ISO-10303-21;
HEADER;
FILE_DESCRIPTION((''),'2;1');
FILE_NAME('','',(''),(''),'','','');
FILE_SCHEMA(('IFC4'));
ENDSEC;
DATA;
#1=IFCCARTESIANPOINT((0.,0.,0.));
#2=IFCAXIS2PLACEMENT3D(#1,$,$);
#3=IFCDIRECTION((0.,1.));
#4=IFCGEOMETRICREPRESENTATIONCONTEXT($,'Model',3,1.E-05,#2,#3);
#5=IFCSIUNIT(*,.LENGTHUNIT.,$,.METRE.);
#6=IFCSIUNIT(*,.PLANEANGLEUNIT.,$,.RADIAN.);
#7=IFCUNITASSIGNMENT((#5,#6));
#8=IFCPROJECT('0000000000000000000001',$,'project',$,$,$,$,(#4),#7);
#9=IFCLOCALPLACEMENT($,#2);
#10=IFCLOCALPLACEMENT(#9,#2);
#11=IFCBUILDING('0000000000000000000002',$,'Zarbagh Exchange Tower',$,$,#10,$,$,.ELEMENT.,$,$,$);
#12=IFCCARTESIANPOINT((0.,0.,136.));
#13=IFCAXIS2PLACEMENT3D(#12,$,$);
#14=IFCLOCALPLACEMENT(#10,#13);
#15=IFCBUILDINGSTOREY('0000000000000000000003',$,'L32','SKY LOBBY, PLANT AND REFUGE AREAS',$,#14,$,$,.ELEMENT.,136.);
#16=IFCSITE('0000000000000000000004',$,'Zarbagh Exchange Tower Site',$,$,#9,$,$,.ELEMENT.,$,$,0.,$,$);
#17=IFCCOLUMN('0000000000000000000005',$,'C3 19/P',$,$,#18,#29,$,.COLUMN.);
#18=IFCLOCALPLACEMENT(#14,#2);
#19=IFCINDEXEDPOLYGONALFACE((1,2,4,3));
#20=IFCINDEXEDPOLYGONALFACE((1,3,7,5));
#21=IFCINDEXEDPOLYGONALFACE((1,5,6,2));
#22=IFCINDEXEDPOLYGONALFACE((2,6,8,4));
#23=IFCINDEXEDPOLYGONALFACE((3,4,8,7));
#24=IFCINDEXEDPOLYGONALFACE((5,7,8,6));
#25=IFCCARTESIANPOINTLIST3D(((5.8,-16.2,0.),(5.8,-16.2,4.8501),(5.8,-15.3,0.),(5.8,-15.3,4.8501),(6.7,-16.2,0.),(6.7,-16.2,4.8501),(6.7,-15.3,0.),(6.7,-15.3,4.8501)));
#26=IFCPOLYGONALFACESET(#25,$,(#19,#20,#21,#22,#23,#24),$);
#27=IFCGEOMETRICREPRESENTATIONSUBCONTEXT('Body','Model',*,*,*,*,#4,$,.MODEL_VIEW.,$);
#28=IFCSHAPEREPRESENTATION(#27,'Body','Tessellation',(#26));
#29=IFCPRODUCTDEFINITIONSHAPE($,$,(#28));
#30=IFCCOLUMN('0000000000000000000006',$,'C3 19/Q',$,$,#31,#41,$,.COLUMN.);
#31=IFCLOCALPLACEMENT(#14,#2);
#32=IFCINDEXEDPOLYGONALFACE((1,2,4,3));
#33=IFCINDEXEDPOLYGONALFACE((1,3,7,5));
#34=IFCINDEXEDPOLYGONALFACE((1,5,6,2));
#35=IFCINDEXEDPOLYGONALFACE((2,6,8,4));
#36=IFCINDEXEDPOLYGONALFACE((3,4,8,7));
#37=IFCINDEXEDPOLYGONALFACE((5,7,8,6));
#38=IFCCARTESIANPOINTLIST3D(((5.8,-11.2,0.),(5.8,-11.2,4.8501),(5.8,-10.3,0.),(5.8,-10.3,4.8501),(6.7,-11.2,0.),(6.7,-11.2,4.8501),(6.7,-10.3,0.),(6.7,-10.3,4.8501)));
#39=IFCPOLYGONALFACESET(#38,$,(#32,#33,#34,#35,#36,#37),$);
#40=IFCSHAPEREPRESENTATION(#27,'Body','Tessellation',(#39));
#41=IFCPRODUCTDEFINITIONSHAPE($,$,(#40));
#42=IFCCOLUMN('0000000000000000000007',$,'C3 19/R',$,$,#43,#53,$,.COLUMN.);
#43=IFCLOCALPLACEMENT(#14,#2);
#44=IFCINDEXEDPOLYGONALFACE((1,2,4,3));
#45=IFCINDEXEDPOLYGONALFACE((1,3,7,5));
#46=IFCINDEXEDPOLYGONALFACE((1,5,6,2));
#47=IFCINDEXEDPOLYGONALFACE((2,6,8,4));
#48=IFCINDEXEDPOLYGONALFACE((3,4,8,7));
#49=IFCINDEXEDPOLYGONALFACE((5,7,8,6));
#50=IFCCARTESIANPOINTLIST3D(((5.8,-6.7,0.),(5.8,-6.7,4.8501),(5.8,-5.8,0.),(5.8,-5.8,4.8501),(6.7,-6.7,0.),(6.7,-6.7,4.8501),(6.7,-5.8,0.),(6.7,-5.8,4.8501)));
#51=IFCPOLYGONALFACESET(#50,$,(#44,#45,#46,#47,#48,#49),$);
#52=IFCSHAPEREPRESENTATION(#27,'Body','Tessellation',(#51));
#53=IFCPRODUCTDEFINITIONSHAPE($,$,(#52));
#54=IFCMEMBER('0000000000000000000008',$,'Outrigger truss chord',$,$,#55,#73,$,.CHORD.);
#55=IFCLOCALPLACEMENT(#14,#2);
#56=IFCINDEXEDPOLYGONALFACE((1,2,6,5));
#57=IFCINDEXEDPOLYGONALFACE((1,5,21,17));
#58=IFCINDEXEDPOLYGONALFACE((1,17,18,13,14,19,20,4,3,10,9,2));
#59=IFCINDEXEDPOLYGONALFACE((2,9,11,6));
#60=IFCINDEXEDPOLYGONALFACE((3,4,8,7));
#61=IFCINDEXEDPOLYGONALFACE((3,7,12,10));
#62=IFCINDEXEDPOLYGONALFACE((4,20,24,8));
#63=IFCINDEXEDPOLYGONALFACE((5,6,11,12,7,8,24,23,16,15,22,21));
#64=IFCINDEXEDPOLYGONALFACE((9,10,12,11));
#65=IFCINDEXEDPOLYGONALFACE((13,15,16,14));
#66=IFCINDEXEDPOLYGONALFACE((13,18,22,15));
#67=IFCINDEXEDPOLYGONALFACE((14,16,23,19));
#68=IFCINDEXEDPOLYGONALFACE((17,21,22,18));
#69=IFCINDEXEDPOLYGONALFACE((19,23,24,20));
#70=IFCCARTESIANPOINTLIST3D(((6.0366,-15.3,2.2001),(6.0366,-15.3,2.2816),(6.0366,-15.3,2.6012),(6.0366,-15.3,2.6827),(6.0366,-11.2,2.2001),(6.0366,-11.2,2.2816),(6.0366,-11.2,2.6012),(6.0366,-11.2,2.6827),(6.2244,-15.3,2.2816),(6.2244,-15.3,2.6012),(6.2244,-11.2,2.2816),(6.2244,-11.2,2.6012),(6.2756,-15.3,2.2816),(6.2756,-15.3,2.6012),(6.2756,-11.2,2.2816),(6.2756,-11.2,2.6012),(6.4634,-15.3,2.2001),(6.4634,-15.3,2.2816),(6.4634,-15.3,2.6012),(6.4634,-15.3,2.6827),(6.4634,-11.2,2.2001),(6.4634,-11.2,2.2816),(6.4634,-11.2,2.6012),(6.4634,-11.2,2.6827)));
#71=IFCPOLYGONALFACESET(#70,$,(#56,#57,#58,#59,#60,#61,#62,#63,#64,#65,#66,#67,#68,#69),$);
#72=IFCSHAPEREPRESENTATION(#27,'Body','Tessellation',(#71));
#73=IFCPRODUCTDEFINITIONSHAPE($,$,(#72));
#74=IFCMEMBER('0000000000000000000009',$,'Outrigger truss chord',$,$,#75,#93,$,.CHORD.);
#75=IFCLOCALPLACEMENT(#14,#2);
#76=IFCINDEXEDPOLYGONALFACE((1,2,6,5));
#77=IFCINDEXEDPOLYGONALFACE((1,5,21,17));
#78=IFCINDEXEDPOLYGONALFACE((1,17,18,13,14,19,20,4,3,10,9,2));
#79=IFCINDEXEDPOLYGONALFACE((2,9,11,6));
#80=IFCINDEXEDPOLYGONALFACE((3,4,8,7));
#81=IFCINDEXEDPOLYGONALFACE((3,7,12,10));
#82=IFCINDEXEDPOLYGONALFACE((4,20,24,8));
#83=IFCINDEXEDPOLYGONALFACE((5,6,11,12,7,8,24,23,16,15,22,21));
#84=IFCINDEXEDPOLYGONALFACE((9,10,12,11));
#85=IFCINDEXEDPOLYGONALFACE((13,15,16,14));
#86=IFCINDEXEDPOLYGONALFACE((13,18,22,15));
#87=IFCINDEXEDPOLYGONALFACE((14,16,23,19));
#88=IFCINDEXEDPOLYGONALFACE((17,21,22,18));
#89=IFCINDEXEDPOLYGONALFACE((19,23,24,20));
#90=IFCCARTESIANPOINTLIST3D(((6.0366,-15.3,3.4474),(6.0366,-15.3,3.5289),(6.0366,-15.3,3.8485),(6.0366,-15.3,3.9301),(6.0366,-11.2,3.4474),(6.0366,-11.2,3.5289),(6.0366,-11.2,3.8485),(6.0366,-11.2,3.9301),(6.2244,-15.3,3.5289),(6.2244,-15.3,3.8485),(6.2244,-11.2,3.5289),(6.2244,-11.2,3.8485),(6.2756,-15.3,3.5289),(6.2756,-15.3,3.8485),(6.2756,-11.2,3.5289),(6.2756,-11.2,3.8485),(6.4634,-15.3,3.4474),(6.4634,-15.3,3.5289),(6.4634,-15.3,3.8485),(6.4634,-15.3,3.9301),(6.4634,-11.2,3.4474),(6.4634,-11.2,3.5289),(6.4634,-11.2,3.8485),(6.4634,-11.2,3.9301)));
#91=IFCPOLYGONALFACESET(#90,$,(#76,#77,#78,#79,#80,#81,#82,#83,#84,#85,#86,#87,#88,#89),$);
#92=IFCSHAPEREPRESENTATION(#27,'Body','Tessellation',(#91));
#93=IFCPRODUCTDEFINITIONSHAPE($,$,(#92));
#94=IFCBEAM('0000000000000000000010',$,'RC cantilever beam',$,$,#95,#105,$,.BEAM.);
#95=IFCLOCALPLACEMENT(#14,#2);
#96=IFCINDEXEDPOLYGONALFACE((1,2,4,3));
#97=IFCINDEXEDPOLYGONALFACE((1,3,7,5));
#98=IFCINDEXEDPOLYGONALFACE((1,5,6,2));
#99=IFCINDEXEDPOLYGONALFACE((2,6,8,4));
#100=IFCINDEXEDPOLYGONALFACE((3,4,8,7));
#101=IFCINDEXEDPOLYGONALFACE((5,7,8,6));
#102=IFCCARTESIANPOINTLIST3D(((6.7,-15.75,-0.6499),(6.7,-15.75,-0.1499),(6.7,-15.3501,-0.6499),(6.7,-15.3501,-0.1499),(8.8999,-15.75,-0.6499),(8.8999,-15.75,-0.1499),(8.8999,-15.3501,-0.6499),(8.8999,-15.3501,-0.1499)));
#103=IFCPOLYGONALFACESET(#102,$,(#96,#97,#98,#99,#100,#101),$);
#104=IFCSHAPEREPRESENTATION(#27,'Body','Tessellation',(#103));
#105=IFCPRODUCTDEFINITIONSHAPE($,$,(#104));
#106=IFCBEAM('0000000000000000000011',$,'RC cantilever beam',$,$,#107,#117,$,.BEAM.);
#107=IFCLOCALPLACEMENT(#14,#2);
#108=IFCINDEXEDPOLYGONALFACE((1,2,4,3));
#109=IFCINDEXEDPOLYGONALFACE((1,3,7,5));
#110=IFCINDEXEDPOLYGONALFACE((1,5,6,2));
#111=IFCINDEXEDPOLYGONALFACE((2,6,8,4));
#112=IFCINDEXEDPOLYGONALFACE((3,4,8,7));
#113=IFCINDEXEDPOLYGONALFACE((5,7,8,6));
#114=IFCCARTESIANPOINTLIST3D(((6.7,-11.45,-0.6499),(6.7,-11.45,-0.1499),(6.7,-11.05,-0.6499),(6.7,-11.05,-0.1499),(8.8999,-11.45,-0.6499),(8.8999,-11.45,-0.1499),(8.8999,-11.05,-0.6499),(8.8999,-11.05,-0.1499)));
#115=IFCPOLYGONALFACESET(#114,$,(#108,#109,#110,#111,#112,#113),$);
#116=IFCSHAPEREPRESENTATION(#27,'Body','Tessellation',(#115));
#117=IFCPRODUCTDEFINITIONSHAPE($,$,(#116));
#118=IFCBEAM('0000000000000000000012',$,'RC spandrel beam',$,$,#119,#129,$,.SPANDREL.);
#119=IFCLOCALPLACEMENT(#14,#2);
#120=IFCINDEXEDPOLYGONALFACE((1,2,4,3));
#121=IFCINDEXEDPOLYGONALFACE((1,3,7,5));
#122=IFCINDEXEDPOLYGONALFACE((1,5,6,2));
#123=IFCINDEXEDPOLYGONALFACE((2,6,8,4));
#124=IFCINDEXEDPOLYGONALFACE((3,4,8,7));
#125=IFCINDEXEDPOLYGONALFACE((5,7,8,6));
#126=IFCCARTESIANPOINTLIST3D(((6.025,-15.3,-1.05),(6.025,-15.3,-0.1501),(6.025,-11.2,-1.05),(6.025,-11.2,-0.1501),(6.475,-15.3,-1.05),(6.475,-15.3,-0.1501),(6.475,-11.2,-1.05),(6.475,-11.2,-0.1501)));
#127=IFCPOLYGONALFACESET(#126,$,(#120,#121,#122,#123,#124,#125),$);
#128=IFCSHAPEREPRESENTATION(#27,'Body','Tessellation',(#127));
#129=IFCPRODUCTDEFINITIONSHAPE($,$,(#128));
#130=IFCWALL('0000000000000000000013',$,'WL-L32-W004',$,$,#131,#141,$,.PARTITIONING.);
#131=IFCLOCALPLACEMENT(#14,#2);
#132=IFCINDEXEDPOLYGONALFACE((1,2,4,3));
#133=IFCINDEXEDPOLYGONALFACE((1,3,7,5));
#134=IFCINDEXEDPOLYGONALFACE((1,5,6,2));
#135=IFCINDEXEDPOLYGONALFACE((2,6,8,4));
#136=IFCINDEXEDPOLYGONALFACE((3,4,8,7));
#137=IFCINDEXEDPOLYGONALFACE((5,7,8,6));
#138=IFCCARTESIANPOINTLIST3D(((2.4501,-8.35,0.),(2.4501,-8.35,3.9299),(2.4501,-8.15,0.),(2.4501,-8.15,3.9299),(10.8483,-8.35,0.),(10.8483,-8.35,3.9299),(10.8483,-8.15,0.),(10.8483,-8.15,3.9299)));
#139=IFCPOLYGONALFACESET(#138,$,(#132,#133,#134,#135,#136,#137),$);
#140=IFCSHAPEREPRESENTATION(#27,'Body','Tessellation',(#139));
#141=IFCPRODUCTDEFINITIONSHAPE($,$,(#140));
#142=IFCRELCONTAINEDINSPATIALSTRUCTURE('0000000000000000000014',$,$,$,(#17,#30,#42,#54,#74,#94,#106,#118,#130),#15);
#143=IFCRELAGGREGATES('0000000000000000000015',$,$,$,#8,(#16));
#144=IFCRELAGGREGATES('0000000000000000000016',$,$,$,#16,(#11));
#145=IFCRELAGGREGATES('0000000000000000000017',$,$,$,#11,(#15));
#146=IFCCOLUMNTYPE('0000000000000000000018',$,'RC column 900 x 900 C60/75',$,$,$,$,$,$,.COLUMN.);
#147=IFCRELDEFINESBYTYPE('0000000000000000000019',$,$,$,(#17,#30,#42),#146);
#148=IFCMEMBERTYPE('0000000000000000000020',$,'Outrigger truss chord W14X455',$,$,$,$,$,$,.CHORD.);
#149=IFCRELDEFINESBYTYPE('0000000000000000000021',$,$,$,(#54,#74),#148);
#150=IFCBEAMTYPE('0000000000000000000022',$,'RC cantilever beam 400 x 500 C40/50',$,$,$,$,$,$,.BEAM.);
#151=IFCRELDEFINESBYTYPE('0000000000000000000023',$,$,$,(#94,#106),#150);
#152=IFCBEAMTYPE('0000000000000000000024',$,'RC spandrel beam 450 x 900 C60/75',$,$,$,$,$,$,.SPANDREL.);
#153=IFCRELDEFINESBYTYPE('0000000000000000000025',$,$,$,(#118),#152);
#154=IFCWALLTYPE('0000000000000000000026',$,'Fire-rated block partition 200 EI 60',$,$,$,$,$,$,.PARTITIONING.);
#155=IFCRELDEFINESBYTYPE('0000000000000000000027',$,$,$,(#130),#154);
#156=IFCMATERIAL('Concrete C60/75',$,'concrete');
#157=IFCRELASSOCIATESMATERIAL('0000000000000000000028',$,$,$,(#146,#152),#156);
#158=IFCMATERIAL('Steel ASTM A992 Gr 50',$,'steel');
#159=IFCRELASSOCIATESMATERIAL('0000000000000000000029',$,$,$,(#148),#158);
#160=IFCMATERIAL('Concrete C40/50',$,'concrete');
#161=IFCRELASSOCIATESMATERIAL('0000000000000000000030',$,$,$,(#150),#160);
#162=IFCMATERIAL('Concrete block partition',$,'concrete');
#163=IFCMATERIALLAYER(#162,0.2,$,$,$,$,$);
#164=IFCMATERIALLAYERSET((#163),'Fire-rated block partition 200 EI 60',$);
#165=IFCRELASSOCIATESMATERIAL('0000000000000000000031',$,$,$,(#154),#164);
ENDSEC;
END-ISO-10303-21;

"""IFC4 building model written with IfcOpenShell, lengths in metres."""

from ifc_helpers import new_model, si_unit, direction, frame, frame_2d, origin, origin_2d, place, context, subcontext, project, spatial, rectangle, i_section, extrude, material, layer, layer_set, material_profile, profile_set, type_object, element, save


model = new_model("IFC4")

# Units and contexts
model_context = context("Model", 3, precision=1e-05, world=origin(), true_north=direction((0.0, 1.0)))
body_context = subcontext(model_context, "Body", "Model", "MODEL_VIEW")
ifc_project = project(units=[si_unit("LENGTHUNIT", "METRE"), si_unit("PLANEANGLEUNIT", "RADIAN")], contexts=[model_context])

# Site, building, storey
site_placement = place(None, origin())
site = spatial("IfcSite", under=ifc_project, at=site_placement, Name="Zarbagh Exchange Tower Site", CompositionType="ELEMENT", RefElevation=0.0)
building_placement = place(site_placement, origin())
building = spatial("IfcBuilding", under=site, at=building_placement, Name="Zarbagh Exchange Tower", CompositionType="ELEMENT")
storey_placement = place(building_placement, frame((0.0, 0.0, 136.0)))
storey = spatial("IfcBuildingStorey", under=building, at=storey_placement, Name="L32", Description="SKY LOBBY, PLANT AND REFUGE AREAS", CompositionType="ELEMENT", Elevation=136.0)

# Columns
ifc_material_1 = material(Name="Concrete C60/75", Category="concrete")
ifc_material_profile_1 = material_profile(ifc_material_1, rectangle(XDim=0.8999, YDim=0.8999, at=origin_2d()), Name="RC column 900 x 900 C60/75")
ifc_profile_set_1 = profile_set([ifc_material_profile_1], Name="Concrete C60/75")
column_type = type_object("IfcColumnType", Name="RC column 900 x 900 C60/75", PredefinedType="COLUMN", material=ifc_profile_set_1)
for number, where, z_axis, x_axis, name in (
    (1, (6.25, -15.75, 0.0), (0.0, 0.0, 1.0), (1.0, 0.0, 0.0), "C3 19/P"),
    (2, (6.25, -10.75, 0.0), (0.0, 0.0, 1.0), (1.0, 0.0, 0.0), "C3 19/Q"),
    (3, (6.25, -6.25, 0.0), (0.0, 0.0, 1.0), (1.0, 0.0, 0.0), "C3 19/R"),
):
    element("IfcColumn", number, at=place(storey_placement, frame(where, z_axis=z_axis, x_axis=x_axis)), inside=storey, type_object=column_type, Name=name, PredefinedType="COLUMN", context=body_context, shape_type="SweptSolid", body=[
        extrude(rectangle(XDim=0.8999, YDim=0.8999, at=origin_2d()), origin(), (0.0, 0.0, 1.0), 4.8501),
    ])

# Members
ifc_material_2 = material(Name="Steel ASTM A992 Gr 50", Category="steel")
ifc_material_profile_2 = material_profile(ifc_material_2, i_section(OverallWidth=0.4268, OverallDepth=0.4827, WebThickness=0.0513, FlangeThickness=0.0815, at=origin_2d()), Name="W14X455")
ifc_profile_set_2 = profile_set([ifc_material_profile_2], Name="Steel ASTM A992 Gr 50")
member_type = type_object("IfcMemberType", Name="Outrigger truss chord W14X455", PredefinedType="CHORD", material=ifc_profile_set_2)
for number, where, z_axis, x_axis, name in (
    (4, (6.25, -11.2, 2.4414), (0.0, -1.0, 0.0), (1.0, 0.0, 0.0), "Outrigger truss chord"),
    (5, (6.25, -11.2, 3.6887), (0.0, -1.0, 0.0), (1.0, 0.0, 0.0), "Outrigger truss chord"),
):
    element("IfcMember", number, at=place(storey_placement, frame(where, z_axis=z_axis, x_axis=x_axis)), inside=storey, type_object=member_type, Name=name, PredefinedType="CHORD", context=body_context, shape_type="SweptSolid", body=[
        extrude(i_section(OverallWidth=0.4268, OverallDepth=0.4827, WebThickness=0.0513, FlangeThickness=0.0815, at=origin_2d()), origin(), (0.0, 0.0, 1.0), 4.1001),
    ])

# Beams
ifc_material_3 = material(Name="Concrete C40/50", Category="concrete")
ifc_material_profile_3 = material_profile(ifc_material_3, rectangle(XDim=0.3999, YDim=0.5, at=origin_2d()), Name="RC cantilever beam 400 x 500 C40/50")
ifc_profile_set_3 = profile_set([ifc_material_profile_3], Name="Concrete C40/50")
beam_type_1 = type_object("IfcBeamType", Name="RC cantilever beam 400 x 500 C40/50", PredefinedType="BEAM", material=ifc_profile_set_3)
for number, where, z_axis, x_axis, name in (
    (6, (6.7, -15.55, -0.3999), (1.0, 0.0, 0.0), (0.0, 1.0, 0.0), "RC cantilever beam"),
    (7, (6.7, -11.25, -0.3999), (1.0, 0.0, 0.0), (0.0, 1.0, 0.0), "RC cantilever beam"),
):
    element("IfcBeam", number, at=place(storey_placement, frame(where, z_axis=z_axis, x_axis=x_axis)), inside=storey, type_object=beam_type_1, Name=name, PredefinedType="BEAM", context=body_context, shape_type="SweptSolid", body=[
        extrude(rectangle(XDim=0.3999, YDim=0.5, at=origin_2d()), origin(), (0.0, 0.0, 1.0), 2.2),
    ])
ifc_material_profile_4 = material_profile(ifc_material_1, rectangle(XDim=0.45, YDim=0.8999, at=origin_2d()), Name="RC spandrel beam 450 x 900 C60/75")
ifc_profile_set_4 = profile_set([ifc_material_profile_4], Name="Concrete C60/75")
beam_type_2 = type_object("IfcBeamType", Name="RC spandrel beam 450 x 900 C60/75", PredefinedType="SPANDREL", material=ifc_profile_set_4)
beam_placement = place(storey_placement, frame((6.25, -11.2, -0.6001), z_axis=(0.0, -1.0, 0.0), x_axis=(1.0, 0.0, 0.0)))
element("IfcBeam", 8, at=beam_placement, inside=storey, type_object=beam_type_2, Name="RC spandrel beam", PredefinedType="SPANDREL", context=body_context, shape_type="SweptSolid", body=[
    extrude(rectangle(XDim=0.45, YDim=0.8999, at=origin_2d()), origin(), (0.0, 0.0, 1.0), 4.1001),
])

# Wall
ifc_material_4 = material(Name="Concrete block partition", Category="concrete")
ifc_layer_1 = layer(ifc_material_4, 0.2)
ifc_layer_set_1 = layer_set([ifc_layer_1], Name="Fire-rated block partition 200 EI 60")
wall_type_1 = type_object("IfcWallType", Name="Fire-rated block partition 200 EI 60", PredefinedType="PARTITIONING", material=ifc_layer_set_1)
wall_1_placement = place(storey_placement, frame((2.45, -8.25, 0.0), z_axis=(0.0, 0.0, 1.0), x_axis=(1.0, 0.0, 0.0)))
element("IfcWall", 9, at=wall_1_placement, inside=storey, type_object=wall_type_1, Name="WL-L32-W004", PredefinedType="PARTITIONING", context=body_context, shape_type="SweptSolid", body=[
    extrude(rectangle(XDim=8.3982, YDim=0.2, at=frame_2d((4.1992, 0.0))), origin(), (0.0, 0.0, 1.0), 3.9299),
])

save(model, "model.ifc")
